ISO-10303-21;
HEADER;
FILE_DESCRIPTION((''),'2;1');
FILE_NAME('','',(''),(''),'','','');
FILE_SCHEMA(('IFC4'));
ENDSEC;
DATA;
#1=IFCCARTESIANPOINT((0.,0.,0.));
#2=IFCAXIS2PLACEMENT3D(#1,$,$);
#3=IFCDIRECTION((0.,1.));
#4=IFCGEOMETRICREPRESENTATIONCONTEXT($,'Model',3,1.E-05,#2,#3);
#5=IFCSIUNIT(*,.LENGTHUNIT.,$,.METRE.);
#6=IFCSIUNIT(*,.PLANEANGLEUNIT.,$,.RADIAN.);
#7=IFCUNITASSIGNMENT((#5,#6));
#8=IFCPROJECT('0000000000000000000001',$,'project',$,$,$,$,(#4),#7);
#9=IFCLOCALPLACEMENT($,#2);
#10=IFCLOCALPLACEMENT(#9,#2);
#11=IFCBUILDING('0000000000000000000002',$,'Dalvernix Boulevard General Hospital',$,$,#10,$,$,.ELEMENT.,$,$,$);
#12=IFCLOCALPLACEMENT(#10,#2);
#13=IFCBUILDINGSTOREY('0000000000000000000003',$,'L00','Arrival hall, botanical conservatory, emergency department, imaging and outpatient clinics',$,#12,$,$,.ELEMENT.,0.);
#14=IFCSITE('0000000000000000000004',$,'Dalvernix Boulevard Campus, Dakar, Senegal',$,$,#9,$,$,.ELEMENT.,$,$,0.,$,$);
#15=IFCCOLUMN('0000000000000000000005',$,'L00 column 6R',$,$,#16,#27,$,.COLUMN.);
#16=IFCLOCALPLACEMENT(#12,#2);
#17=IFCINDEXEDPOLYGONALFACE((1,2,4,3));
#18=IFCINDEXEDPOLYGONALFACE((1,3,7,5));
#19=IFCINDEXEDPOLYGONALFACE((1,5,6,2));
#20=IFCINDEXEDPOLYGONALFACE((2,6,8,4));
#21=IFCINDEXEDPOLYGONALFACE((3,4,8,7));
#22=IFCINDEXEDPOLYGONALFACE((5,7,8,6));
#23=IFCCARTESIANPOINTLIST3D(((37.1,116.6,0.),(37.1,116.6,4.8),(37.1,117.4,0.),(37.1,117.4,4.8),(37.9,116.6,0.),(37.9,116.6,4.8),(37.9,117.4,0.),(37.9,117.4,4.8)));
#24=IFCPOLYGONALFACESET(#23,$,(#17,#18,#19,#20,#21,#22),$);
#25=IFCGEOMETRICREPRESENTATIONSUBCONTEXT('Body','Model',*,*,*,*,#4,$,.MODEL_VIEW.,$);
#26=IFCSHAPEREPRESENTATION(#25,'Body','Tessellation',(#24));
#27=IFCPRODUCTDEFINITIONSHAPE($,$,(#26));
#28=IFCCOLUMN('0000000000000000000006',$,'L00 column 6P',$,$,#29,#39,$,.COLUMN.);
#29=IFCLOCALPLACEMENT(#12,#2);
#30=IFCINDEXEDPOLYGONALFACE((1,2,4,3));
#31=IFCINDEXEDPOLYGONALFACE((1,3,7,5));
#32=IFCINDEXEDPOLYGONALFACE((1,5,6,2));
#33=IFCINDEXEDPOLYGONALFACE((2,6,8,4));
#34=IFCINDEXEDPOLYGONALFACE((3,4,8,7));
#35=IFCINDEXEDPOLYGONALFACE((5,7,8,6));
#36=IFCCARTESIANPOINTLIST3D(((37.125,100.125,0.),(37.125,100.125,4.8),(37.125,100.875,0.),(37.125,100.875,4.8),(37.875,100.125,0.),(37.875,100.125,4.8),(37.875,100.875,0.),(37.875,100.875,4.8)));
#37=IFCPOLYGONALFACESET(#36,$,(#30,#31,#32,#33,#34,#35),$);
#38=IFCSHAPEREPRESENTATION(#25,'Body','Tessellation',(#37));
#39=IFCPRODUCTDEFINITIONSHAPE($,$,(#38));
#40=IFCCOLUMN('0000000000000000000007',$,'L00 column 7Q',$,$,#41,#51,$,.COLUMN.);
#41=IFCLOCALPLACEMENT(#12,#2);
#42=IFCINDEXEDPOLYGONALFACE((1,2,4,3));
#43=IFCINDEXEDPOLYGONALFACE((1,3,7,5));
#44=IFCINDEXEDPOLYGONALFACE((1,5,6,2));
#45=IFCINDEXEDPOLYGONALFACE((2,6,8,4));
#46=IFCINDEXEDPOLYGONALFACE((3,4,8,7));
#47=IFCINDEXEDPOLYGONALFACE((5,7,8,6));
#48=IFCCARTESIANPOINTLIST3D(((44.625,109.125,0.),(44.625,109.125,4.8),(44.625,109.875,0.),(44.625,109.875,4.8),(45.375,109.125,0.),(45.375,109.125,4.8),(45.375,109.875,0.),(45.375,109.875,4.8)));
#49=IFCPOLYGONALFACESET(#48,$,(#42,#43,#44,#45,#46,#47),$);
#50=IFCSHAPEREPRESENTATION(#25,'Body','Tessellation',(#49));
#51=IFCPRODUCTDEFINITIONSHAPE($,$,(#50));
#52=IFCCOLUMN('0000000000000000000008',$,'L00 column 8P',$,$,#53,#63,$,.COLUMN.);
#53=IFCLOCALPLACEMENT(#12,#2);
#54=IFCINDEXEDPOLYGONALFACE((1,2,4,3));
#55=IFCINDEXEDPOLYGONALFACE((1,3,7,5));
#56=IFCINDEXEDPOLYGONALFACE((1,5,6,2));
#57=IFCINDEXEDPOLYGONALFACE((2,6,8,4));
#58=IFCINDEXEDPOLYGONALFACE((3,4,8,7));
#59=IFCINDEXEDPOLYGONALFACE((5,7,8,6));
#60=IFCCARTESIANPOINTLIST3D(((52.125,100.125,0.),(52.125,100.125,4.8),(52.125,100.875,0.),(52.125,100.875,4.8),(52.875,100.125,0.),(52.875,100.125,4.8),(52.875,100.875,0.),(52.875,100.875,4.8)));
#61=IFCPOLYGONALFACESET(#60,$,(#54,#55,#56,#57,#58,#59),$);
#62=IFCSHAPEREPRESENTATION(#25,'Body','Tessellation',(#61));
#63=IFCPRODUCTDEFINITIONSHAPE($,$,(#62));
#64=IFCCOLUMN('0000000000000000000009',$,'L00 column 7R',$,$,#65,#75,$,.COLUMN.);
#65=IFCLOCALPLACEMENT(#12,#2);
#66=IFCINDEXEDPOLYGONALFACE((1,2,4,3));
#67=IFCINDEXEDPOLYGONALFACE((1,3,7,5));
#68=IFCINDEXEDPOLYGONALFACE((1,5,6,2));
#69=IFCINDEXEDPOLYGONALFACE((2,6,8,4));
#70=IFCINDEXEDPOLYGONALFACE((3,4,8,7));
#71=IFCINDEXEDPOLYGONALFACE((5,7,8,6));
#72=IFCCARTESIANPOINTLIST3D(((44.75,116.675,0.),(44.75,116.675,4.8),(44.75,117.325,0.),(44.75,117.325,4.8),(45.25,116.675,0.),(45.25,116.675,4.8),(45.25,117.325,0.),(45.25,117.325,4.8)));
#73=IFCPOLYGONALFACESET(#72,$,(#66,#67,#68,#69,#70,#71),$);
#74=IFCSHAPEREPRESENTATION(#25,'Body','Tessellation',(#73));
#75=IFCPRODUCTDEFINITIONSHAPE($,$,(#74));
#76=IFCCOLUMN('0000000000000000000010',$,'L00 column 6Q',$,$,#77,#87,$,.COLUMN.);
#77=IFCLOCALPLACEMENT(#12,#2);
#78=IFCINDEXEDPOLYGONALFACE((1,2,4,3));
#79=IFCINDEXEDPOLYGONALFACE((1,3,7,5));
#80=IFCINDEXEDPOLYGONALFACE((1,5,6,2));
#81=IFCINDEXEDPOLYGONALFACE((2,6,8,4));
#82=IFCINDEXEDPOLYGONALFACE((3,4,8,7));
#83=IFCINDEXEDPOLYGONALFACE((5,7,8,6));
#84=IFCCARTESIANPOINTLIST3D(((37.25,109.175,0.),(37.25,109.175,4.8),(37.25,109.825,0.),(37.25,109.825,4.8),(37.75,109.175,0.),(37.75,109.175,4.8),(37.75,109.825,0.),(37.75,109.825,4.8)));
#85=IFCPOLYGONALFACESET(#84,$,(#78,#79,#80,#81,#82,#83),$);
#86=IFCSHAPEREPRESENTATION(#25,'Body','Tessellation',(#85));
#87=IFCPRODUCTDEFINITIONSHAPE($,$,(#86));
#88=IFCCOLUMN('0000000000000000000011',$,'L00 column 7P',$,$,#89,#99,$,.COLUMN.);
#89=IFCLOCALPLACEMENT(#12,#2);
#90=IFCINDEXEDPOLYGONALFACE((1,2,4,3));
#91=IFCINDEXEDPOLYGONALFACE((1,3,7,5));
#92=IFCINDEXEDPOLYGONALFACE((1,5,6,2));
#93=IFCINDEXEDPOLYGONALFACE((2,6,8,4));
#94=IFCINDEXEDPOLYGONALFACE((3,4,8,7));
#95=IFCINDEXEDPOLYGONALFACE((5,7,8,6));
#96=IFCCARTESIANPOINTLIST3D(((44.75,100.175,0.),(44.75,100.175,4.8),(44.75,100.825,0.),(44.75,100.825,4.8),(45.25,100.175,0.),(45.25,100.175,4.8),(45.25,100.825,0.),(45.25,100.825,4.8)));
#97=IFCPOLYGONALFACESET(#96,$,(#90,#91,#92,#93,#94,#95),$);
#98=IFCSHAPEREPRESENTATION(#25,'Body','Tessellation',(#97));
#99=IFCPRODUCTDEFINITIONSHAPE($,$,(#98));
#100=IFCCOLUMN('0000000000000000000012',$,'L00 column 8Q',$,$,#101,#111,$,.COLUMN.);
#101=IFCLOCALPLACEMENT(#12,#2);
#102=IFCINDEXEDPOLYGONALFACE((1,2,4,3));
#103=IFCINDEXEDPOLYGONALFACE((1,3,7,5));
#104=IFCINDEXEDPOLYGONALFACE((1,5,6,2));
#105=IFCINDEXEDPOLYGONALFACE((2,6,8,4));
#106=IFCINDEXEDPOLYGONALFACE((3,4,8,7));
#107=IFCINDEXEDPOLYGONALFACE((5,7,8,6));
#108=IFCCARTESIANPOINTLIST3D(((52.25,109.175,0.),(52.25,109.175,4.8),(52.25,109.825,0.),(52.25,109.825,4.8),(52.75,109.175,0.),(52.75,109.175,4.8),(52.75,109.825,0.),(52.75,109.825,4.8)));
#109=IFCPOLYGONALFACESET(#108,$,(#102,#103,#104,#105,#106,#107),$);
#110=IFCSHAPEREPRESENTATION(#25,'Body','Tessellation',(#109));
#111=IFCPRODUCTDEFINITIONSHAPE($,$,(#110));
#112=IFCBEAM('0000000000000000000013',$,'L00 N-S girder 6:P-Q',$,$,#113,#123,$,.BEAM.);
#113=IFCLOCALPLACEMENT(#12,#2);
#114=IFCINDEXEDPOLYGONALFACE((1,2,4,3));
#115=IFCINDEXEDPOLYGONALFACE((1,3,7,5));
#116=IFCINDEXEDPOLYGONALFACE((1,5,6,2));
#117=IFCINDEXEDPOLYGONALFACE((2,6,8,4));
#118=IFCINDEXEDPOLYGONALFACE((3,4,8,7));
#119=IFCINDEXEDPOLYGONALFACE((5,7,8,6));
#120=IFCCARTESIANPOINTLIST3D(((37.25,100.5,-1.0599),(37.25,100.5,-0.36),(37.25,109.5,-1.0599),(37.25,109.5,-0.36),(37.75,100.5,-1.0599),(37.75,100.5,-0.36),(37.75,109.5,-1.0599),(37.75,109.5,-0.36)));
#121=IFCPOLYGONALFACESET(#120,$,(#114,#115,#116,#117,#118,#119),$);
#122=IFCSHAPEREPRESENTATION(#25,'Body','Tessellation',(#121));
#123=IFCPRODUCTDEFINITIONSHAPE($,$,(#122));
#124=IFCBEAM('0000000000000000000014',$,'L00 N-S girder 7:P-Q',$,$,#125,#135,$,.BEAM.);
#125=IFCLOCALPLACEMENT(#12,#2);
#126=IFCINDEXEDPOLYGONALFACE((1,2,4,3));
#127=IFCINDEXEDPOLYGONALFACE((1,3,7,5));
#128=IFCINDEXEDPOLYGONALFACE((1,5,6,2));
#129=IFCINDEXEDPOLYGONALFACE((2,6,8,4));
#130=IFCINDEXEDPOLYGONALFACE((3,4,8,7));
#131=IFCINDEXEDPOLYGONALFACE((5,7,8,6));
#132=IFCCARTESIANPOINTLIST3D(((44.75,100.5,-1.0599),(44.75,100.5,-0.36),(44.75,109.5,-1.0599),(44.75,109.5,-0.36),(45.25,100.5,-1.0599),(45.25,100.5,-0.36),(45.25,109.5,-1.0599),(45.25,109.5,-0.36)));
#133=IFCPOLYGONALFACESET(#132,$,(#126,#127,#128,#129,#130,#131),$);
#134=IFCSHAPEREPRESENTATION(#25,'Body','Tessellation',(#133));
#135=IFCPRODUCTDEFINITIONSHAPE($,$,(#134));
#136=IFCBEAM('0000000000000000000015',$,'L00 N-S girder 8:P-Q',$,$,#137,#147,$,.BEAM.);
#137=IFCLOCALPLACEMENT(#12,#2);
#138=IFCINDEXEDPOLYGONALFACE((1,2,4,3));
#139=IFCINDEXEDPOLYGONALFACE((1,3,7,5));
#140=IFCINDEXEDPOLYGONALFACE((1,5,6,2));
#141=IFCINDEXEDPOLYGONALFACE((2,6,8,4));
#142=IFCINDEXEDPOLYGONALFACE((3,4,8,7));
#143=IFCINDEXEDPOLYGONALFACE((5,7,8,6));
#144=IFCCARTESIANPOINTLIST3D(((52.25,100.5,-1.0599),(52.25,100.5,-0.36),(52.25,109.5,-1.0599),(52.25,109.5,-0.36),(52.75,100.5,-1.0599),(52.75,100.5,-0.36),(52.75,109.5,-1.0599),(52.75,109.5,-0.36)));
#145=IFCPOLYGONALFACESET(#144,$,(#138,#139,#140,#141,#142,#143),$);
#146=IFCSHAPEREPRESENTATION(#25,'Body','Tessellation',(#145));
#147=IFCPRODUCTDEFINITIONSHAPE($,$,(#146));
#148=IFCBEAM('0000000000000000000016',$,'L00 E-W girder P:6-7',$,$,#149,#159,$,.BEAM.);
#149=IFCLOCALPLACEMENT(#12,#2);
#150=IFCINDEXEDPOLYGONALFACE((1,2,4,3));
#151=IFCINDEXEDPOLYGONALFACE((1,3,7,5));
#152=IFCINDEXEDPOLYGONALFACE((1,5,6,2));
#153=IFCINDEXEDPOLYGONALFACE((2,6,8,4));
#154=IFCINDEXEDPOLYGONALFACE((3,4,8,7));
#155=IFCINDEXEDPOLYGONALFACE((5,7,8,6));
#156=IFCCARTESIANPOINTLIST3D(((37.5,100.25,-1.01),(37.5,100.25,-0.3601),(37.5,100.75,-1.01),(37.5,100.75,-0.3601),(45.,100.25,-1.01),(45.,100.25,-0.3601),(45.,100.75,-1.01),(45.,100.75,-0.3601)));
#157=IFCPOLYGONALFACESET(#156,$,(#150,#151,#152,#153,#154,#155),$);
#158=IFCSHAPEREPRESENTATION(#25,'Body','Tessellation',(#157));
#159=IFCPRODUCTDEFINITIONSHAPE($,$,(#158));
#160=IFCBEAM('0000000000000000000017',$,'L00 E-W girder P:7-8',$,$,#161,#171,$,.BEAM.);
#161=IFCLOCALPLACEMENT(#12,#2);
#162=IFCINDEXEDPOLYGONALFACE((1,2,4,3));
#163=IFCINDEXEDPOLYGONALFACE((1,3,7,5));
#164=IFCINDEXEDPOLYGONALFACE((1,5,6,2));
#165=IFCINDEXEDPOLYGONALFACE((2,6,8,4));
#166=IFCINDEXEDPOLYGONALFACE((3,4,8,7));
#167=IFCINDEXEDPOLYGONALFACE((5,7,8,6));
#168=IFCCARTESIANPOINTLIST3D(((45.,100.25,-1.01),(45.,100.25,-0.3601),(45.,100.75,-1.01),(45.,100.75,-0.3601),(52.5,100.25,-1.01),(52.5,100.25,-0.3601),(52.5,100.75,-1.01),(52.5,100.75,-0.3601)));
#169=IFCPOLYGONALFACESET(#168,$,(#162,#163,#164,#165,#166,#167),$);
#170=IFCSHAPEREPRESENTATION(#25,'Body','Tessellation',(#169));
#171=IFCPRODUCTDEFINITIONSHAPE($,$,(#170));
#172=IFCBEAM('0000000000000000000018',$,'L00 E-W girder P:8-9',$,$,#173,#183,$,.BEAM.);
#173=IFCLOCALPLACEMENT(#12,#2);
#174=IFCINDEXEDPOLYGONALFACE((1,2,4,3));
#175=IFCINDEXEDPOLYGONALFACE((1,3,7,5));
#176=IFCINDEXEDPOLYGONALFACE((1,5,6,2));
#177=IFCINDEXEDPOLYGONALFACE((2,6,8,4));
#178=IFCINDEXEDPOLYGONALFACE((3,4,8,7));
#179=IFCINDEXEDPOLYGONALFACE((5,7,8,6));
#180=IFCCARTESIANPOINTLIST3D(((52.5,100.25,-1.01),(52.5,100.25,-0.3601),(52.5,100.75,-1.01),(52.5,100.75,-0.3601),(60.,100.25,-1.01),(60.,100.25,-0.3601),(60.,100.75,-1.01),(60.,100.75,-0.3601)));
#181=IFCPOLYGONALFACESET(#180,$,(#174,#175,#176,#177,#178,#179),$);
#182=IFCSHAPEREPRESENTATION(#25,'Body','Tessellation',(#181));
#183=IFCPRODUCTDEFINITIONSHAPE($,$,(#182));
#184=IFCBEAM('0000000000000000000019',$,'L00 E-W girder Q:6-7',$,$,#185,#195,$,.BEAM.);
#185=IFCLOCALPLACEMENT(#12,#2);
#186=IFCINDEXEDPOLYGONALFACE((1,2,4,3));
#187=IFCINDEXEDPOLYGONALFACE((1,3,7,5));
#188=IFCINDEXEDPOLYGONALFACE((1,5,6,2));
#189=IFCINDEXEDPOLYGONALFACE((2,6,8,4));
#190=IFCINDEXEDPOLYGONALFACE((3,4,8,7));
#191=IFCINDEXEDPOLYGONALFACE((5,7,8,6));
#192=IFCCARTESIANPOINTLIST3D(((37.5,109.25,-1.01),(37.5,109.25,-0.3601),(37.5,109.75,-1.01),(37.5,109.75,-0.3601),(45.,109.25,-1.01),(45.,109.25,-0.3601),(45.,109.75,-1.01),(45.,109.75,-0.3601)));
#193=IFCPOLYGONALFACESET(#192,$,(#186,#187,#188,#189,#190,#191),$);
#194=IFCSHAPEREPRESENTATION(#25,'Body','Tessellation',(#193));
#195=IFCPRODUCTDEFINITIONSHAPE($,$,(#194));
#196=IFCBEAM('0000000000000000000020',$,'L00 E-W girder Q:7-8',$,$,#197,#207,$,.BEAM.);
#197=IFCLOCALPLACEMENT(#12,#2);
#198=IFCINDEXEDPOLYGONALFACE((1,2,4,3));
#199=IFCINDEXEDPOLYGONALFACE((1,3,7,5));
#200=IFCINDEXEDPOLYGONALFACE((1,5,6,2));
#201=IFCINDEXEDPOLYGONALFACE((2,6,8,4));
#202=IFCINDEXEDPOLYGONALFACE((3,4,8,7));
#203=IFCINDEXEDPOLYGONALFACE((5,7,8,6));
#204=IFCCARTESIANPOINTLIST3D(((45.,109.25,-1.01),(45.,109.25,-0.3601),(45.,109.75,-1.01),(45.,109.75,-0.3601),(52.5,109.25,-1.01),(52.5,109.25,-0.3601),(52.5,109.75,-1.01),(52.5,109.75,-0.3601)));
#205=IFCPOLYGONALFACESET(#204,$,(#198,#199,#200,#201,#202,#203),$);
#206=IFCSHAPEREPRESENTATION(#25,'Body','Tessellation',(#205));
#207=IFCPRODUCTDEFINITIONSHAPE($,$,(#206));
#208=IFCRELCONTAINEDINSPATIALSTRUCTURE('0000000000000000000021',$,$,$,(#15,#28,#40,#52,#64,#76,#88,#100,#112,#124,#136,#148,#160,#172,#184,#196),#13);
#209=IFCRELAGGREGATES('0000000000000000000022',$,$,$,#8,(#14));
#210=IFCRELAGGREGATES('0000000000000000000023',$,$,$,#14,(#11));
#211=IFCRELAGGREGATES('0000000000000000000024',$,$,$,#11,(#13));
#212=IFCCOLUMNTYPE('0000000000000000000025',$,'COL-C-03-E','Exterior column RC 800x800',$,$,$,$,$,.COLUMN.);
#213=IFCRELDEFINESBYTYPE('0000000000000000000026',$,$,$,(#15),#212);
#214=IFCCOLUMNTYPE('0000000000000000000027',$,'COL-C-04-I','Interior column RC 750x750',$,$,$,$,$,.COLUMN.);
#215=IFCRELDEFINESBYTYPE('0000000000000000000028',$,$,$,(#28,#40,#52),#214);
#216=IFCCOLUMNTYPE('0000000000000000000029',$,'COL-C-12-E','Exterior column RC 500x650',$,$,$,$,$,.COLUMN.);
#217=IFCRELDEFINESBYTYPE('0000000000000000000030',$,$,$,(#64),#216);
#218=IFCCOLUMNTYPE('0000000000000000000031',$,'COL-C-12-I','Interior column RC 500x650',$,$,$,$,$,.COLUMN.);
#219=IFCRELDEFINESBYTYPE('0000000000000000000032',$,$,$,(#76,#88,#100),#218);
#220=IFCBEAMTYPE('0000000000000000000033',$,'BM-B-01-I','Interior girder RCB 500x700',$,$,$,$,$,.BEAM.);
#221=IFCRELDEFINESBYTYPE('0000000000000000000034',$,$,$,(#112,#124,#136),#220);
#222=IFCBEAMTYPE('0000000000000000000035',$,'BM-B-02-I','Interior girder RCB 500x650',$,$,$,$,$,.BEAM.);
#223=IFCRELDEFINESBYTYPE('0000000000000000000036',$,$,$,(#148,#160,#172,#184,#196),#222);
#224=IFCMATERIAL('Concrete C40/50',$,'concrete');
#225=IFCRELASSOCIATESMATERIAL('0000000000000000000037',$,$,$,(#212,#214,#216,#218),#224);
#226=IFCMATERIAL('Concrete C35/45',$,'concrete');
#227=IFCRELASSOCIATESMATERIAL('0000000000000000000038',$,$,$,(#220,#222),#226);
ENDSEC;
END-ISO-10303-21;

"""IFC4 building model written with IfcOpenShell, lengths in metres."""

from ifc_helpers import new_model, si_unit, direction, frame, origin, origin_2d, place, context, subcontext, project, spatial, rectangle, extrude, material, material_profile, profile_set, type_object, element, save


model = new_model("IFC4")

# Units and contexts
model_context = context("Model", 3, precision=1e-05, world=origin(), true_north=direction((0.0, 1.0)))
body_context = subcontext(model_context, "Body", "Model", "MODEL_VIEW")
ifc_project = project(units=[si_unit("LENGTHUNIT", "METRE"), si_unit("PLANEANGLEUNIT", "RADIAN")], contexts=[model_context])

# Site, building, storey
site_placement = place(None, origin())
site = spatial("IfcSite", under=ifc_project, at=site_placement, Name="Dalvernix Boulevard Campus, Dakar, Senegal", CompositionType="ELEMENT", RefElevation=0.0)
building_placement = place(site_placement, origin())
building = spatial("IfcBuilding", under=site, at=building_placement, Name="Dalvernix Boulevard General Hospital", CompositionType="ELEMENT")
storey_placement = place(building_placement, origin())
storey = spatial("IfcBuildingStorey", under=building, at=storey_placement, Name="L00", Description="Arrival hall, botanical conservatory, emergency department, imaging and outpatient clinics", CompositionType="ELEMENT", Elevation=0.0)

# Columns
ifc_material_1 = material(Name="Concrete C40/50", Category="concrete")
ifc_material_profile_1 = material_profile(ifc_material_1, rectangle(XDim=0.8, YDim=0.8, at=origin_2d()), Name="RC 800x800")
ifc_profile_set_1 = profile_set([ifc_material_profile_1], Name="Concrete C40/50")
column_type_1 = type_object("IfcColumnType", Name="COL-C-03-E", Description="Exterior column RC 800x800", PredefinedType="COLUMN", material=ifc_profile_set_1)
column_1_placement = place(storey_placement, frame((37.5, 117.0, 0.0), z_axis=(0.0, 0.0, 1.0), x_axis=(1.0, 0.0, 0.0)))
element("IfcColumn", 1, at=column_1_placement, inside=storey, type_object=column_type_1, Name="L00 column 6R", PredefinedType="COLUMN", context=body_context, shape_type="SweptSolid", body=[
    extrude(rectangle(XDim=0.8, YDim=0.8, at=origin_2d()), origin(), (0.0, 0.0, 1.0), 4.8),
])
ifc_material_profile_2 = material_profile(ifc_material_1, rectangle(XDim=0.75, YDim=0.75, at=origin_2d()), Name="RC 750x750")
ifc_profile_set_2 = profile_set([ifc_material_profile_2], Name="Concrete C40/50")
column_type_2 = type_object("IfcColumnType", Name="COL-C-04-I", Description="Interior column RC 750x750", PredefinedType="COLUMN", material=ifc_profile_set_2)
for number, where, z_axis, x_axis, name in (
    (2, (37.5, 100.5, 0.0), (0.0, 0.0, 1.0), (1.0, 0.0, 0.0), "L00 column 6P"),
    (3, (45.0, 109.5, 0.0), (0.0, 0.0, 1.0), (1.0, 0.0, 0.0), "L00 column 7Q"),
    (4, (52.5, 100.5, 0.0), (0.0, 0.0, 1.0), (1.0, 0.0, 0.0), "L00 column 8P"),
):
    element("IfcColumn", number, at=place(storey_placement, frame(where, z_axis=z_axis, x_axis=x_axis)), inside=storey, type_object=column_type_2, Name=name, PredefinedType="COLUMN", context=body_context, shape_type="SweptSolid", body=[
        extrude(rectangle(XDim=0.75, YDim=0.75, at=origin_2d()), origin(), (0.0, 0.0, 1.0), 4.8),
    ])
ifc_material_profile_3 = material_profile(ifc_material_1, rectangle(XDim=0.5, YDim=0.6499, at=origin_2d()), Name="RC 500x650")
ifc_profile_set_3 = profile_set([ifc_material_profile_3], Name="Concrete C40/50")
column_type_3 = type_object("IfcColumnType", Name="COL-C-12-E", Description="Exterior column RC 500x650", PredefinedType="COLUMN", material=ifc_profile_set_3)
column_2_placement = place(storey_placement, frame((45.0, 117.0, 0.0), z_axis=(0.0, 0.0, 1.0), x_axis=(1.0, 0.0, 0.0)))
element("IfcColumn", 5, at=column_2_placement, inside=storey, type_object=column_type_3, Name="L00 column 7R", PredefinedType="COLUMN", context=body_context, shape_type="SweptSolid", body=[
    extrude(rectangle(XDim=0.5, YDim=0.6499, at=origin_2d()), origin(), (0.0, 0.0, 1.0), 4.8),
])
ifc_material_profile_4 = material_profile(ifc_material_1, rectangle(XDim=0.5, YDim=0.6499, at=origin_2d()), Name="RC 500x650")
ifc_profile_set_4 = profile_set([ifc_material_profile_4], Name="Concrete C40/50")
column_type_4 = type_object("IfcColumnType", Name="COL-C-12-I", Description="Interior column RC 500x650", PredefinedType="COLUMN", material=ifc_profile_set_4)
for number, where, z_axis, x_axis, name in (
    (6, (37.5, 109.5, 0.0), (0.0, 0.0, 1.0), (1.0, 0.0, 0.0), "L00 column 6Q"),
    (7, (45.0, 100.5, 0.0), (0.0, 0.0, 1.0), (1.0, 0.0, 0.0), "L00 column 7P"),
    (8, (52.5, 109.5, 0.0), (0.0, 0.0, 1.0), (1.0, 0.0, 0.0), "L00 column 8Q"),
):
    element("IfcColumn", number, at=place(storey_placement, frame(where, z_axis=z_axis, x_axis=x_axis)), inside=storey, type_object=column_type_4, Name=name, PredefinedType="COLUMN", context=body_context, shape_type="SweptSolid", body=[
        extrude(rectangle(XDim=0.5, YDim=0.6499, at=origin_2d()), origin(), (0.0, 0.0, 1.0), 4.8),
    ])

# Beams
ifc_material_2 = material(Name="Concrete C35/45", Category="concrete")
ifc_material_profile_5 = material_profile(ifc_material_2, rectangle(XDim=0.5, YDim=0.7, at=origin_2d()), Name="RCB 500x700")
ifc_profile_set_5 = profile_set([ifc_material_profile_5], Name="Concrete C35/45")
beam_type_1 = type_object("IfcBeamType", Name="BM-B-01-I", Description="Interior girder RCB 500x700", PredefinedType="BEAM", material=ifc_profile_set_5)
for number, where, z_axis, x_axis, name in (
    (9, (37.5, 100.5, -0.71), (0.0, 1.0, 0.0), (-1.0, 0.0, 0.0), "L00 N-S girder 6:P-Q"),
    (10, (45.0, 100.5, -0.71), (0.0, 1.0, 0.0), (-1.0, 0.0, 0.0), "L00 N-S girder 7:P-Q"),
    (11, (52.5, 100.5, -0.71), (0.0, 1.0, 0.0), (-1.0, 0.0, 0.0), "L00 N-S girder 8:P-Q"),
):
    element("IfcBeam", number, at=place(storey_placement, frame(where, z_axis=z_axis, x_axis=x_axis)), inside=storey, type_object=beam_type_1, Name=name, PredefinedType="BEAM", context=body_context, shape_type="SweptSolid", body=[
        extrude(rectangle(XDim=0.5, YDim=0.7, at=origin_2d()), origin(), (0.0, 0.0, 1.0), 9.0),
    ])
ifc_material_profile_6 = material_profile(ifc_material_2, rectangle(XDim=0.5, YDim=0.6499, at=origin_2d()), Name="RCB 500x650")
ifc_profile_set_6 = profile_set([ifc_material_profile_6], Name="Concrete C35/45")
beam_type_2 = type_object("IfcBeamType", Name="BM-B-02-I", Description="Interior girder RCB 500x650", PredefinedType="BEAM", material=ifc_profile_set_6)
for number, where, z_axis, x_axis, name in (
    (12, (37.5, 100.5, -0.6851), (1.0, 0.0, 0.0), (0.0, 1.0, 0.0), "L00 E-W girder P:6-7"),
    (13, (45.0, 100.5, -0.6851), (1.0, 0.0, 0.0), (0.0, 1.0, 0.0), "L00 E-W girder P:7-8"),
    (14, (52.5, 100.5, -0.6851), (1.0, 0.0, 0.0), (0.0, 1.0, 0.0), "L00 E-W girder P:8-9"),
    (15, (37.5, 109.5, -0.6851), (1.0, 0.0, 0.0), (0.0, 1.0, 0.0), "L00 E-W girder Q:6-7"),
    (16, (45.0, 109.5, -0.6851), (1.0, 0.0, 0.0), (0.0, 1.0, 0.0), "L00 E-W girder Q:7-8"),
):
    element("IfcBeam", number, at=place(storey_placement, frame(where, z_axis=z_axis, x_axis=x_axis)), inside=storey, type_object=beam_type_2, Name=name, PredefinedType="BEAM", context=body_context, shape_type="SweptSolid", body=[
        extrude(rectangle(XDim=0.5, YDim=0.6499, at=origin_2d()), origin(), (0.0, 0.0, 1.0), 7.5),
    ])

save(model, "model.ifc")
